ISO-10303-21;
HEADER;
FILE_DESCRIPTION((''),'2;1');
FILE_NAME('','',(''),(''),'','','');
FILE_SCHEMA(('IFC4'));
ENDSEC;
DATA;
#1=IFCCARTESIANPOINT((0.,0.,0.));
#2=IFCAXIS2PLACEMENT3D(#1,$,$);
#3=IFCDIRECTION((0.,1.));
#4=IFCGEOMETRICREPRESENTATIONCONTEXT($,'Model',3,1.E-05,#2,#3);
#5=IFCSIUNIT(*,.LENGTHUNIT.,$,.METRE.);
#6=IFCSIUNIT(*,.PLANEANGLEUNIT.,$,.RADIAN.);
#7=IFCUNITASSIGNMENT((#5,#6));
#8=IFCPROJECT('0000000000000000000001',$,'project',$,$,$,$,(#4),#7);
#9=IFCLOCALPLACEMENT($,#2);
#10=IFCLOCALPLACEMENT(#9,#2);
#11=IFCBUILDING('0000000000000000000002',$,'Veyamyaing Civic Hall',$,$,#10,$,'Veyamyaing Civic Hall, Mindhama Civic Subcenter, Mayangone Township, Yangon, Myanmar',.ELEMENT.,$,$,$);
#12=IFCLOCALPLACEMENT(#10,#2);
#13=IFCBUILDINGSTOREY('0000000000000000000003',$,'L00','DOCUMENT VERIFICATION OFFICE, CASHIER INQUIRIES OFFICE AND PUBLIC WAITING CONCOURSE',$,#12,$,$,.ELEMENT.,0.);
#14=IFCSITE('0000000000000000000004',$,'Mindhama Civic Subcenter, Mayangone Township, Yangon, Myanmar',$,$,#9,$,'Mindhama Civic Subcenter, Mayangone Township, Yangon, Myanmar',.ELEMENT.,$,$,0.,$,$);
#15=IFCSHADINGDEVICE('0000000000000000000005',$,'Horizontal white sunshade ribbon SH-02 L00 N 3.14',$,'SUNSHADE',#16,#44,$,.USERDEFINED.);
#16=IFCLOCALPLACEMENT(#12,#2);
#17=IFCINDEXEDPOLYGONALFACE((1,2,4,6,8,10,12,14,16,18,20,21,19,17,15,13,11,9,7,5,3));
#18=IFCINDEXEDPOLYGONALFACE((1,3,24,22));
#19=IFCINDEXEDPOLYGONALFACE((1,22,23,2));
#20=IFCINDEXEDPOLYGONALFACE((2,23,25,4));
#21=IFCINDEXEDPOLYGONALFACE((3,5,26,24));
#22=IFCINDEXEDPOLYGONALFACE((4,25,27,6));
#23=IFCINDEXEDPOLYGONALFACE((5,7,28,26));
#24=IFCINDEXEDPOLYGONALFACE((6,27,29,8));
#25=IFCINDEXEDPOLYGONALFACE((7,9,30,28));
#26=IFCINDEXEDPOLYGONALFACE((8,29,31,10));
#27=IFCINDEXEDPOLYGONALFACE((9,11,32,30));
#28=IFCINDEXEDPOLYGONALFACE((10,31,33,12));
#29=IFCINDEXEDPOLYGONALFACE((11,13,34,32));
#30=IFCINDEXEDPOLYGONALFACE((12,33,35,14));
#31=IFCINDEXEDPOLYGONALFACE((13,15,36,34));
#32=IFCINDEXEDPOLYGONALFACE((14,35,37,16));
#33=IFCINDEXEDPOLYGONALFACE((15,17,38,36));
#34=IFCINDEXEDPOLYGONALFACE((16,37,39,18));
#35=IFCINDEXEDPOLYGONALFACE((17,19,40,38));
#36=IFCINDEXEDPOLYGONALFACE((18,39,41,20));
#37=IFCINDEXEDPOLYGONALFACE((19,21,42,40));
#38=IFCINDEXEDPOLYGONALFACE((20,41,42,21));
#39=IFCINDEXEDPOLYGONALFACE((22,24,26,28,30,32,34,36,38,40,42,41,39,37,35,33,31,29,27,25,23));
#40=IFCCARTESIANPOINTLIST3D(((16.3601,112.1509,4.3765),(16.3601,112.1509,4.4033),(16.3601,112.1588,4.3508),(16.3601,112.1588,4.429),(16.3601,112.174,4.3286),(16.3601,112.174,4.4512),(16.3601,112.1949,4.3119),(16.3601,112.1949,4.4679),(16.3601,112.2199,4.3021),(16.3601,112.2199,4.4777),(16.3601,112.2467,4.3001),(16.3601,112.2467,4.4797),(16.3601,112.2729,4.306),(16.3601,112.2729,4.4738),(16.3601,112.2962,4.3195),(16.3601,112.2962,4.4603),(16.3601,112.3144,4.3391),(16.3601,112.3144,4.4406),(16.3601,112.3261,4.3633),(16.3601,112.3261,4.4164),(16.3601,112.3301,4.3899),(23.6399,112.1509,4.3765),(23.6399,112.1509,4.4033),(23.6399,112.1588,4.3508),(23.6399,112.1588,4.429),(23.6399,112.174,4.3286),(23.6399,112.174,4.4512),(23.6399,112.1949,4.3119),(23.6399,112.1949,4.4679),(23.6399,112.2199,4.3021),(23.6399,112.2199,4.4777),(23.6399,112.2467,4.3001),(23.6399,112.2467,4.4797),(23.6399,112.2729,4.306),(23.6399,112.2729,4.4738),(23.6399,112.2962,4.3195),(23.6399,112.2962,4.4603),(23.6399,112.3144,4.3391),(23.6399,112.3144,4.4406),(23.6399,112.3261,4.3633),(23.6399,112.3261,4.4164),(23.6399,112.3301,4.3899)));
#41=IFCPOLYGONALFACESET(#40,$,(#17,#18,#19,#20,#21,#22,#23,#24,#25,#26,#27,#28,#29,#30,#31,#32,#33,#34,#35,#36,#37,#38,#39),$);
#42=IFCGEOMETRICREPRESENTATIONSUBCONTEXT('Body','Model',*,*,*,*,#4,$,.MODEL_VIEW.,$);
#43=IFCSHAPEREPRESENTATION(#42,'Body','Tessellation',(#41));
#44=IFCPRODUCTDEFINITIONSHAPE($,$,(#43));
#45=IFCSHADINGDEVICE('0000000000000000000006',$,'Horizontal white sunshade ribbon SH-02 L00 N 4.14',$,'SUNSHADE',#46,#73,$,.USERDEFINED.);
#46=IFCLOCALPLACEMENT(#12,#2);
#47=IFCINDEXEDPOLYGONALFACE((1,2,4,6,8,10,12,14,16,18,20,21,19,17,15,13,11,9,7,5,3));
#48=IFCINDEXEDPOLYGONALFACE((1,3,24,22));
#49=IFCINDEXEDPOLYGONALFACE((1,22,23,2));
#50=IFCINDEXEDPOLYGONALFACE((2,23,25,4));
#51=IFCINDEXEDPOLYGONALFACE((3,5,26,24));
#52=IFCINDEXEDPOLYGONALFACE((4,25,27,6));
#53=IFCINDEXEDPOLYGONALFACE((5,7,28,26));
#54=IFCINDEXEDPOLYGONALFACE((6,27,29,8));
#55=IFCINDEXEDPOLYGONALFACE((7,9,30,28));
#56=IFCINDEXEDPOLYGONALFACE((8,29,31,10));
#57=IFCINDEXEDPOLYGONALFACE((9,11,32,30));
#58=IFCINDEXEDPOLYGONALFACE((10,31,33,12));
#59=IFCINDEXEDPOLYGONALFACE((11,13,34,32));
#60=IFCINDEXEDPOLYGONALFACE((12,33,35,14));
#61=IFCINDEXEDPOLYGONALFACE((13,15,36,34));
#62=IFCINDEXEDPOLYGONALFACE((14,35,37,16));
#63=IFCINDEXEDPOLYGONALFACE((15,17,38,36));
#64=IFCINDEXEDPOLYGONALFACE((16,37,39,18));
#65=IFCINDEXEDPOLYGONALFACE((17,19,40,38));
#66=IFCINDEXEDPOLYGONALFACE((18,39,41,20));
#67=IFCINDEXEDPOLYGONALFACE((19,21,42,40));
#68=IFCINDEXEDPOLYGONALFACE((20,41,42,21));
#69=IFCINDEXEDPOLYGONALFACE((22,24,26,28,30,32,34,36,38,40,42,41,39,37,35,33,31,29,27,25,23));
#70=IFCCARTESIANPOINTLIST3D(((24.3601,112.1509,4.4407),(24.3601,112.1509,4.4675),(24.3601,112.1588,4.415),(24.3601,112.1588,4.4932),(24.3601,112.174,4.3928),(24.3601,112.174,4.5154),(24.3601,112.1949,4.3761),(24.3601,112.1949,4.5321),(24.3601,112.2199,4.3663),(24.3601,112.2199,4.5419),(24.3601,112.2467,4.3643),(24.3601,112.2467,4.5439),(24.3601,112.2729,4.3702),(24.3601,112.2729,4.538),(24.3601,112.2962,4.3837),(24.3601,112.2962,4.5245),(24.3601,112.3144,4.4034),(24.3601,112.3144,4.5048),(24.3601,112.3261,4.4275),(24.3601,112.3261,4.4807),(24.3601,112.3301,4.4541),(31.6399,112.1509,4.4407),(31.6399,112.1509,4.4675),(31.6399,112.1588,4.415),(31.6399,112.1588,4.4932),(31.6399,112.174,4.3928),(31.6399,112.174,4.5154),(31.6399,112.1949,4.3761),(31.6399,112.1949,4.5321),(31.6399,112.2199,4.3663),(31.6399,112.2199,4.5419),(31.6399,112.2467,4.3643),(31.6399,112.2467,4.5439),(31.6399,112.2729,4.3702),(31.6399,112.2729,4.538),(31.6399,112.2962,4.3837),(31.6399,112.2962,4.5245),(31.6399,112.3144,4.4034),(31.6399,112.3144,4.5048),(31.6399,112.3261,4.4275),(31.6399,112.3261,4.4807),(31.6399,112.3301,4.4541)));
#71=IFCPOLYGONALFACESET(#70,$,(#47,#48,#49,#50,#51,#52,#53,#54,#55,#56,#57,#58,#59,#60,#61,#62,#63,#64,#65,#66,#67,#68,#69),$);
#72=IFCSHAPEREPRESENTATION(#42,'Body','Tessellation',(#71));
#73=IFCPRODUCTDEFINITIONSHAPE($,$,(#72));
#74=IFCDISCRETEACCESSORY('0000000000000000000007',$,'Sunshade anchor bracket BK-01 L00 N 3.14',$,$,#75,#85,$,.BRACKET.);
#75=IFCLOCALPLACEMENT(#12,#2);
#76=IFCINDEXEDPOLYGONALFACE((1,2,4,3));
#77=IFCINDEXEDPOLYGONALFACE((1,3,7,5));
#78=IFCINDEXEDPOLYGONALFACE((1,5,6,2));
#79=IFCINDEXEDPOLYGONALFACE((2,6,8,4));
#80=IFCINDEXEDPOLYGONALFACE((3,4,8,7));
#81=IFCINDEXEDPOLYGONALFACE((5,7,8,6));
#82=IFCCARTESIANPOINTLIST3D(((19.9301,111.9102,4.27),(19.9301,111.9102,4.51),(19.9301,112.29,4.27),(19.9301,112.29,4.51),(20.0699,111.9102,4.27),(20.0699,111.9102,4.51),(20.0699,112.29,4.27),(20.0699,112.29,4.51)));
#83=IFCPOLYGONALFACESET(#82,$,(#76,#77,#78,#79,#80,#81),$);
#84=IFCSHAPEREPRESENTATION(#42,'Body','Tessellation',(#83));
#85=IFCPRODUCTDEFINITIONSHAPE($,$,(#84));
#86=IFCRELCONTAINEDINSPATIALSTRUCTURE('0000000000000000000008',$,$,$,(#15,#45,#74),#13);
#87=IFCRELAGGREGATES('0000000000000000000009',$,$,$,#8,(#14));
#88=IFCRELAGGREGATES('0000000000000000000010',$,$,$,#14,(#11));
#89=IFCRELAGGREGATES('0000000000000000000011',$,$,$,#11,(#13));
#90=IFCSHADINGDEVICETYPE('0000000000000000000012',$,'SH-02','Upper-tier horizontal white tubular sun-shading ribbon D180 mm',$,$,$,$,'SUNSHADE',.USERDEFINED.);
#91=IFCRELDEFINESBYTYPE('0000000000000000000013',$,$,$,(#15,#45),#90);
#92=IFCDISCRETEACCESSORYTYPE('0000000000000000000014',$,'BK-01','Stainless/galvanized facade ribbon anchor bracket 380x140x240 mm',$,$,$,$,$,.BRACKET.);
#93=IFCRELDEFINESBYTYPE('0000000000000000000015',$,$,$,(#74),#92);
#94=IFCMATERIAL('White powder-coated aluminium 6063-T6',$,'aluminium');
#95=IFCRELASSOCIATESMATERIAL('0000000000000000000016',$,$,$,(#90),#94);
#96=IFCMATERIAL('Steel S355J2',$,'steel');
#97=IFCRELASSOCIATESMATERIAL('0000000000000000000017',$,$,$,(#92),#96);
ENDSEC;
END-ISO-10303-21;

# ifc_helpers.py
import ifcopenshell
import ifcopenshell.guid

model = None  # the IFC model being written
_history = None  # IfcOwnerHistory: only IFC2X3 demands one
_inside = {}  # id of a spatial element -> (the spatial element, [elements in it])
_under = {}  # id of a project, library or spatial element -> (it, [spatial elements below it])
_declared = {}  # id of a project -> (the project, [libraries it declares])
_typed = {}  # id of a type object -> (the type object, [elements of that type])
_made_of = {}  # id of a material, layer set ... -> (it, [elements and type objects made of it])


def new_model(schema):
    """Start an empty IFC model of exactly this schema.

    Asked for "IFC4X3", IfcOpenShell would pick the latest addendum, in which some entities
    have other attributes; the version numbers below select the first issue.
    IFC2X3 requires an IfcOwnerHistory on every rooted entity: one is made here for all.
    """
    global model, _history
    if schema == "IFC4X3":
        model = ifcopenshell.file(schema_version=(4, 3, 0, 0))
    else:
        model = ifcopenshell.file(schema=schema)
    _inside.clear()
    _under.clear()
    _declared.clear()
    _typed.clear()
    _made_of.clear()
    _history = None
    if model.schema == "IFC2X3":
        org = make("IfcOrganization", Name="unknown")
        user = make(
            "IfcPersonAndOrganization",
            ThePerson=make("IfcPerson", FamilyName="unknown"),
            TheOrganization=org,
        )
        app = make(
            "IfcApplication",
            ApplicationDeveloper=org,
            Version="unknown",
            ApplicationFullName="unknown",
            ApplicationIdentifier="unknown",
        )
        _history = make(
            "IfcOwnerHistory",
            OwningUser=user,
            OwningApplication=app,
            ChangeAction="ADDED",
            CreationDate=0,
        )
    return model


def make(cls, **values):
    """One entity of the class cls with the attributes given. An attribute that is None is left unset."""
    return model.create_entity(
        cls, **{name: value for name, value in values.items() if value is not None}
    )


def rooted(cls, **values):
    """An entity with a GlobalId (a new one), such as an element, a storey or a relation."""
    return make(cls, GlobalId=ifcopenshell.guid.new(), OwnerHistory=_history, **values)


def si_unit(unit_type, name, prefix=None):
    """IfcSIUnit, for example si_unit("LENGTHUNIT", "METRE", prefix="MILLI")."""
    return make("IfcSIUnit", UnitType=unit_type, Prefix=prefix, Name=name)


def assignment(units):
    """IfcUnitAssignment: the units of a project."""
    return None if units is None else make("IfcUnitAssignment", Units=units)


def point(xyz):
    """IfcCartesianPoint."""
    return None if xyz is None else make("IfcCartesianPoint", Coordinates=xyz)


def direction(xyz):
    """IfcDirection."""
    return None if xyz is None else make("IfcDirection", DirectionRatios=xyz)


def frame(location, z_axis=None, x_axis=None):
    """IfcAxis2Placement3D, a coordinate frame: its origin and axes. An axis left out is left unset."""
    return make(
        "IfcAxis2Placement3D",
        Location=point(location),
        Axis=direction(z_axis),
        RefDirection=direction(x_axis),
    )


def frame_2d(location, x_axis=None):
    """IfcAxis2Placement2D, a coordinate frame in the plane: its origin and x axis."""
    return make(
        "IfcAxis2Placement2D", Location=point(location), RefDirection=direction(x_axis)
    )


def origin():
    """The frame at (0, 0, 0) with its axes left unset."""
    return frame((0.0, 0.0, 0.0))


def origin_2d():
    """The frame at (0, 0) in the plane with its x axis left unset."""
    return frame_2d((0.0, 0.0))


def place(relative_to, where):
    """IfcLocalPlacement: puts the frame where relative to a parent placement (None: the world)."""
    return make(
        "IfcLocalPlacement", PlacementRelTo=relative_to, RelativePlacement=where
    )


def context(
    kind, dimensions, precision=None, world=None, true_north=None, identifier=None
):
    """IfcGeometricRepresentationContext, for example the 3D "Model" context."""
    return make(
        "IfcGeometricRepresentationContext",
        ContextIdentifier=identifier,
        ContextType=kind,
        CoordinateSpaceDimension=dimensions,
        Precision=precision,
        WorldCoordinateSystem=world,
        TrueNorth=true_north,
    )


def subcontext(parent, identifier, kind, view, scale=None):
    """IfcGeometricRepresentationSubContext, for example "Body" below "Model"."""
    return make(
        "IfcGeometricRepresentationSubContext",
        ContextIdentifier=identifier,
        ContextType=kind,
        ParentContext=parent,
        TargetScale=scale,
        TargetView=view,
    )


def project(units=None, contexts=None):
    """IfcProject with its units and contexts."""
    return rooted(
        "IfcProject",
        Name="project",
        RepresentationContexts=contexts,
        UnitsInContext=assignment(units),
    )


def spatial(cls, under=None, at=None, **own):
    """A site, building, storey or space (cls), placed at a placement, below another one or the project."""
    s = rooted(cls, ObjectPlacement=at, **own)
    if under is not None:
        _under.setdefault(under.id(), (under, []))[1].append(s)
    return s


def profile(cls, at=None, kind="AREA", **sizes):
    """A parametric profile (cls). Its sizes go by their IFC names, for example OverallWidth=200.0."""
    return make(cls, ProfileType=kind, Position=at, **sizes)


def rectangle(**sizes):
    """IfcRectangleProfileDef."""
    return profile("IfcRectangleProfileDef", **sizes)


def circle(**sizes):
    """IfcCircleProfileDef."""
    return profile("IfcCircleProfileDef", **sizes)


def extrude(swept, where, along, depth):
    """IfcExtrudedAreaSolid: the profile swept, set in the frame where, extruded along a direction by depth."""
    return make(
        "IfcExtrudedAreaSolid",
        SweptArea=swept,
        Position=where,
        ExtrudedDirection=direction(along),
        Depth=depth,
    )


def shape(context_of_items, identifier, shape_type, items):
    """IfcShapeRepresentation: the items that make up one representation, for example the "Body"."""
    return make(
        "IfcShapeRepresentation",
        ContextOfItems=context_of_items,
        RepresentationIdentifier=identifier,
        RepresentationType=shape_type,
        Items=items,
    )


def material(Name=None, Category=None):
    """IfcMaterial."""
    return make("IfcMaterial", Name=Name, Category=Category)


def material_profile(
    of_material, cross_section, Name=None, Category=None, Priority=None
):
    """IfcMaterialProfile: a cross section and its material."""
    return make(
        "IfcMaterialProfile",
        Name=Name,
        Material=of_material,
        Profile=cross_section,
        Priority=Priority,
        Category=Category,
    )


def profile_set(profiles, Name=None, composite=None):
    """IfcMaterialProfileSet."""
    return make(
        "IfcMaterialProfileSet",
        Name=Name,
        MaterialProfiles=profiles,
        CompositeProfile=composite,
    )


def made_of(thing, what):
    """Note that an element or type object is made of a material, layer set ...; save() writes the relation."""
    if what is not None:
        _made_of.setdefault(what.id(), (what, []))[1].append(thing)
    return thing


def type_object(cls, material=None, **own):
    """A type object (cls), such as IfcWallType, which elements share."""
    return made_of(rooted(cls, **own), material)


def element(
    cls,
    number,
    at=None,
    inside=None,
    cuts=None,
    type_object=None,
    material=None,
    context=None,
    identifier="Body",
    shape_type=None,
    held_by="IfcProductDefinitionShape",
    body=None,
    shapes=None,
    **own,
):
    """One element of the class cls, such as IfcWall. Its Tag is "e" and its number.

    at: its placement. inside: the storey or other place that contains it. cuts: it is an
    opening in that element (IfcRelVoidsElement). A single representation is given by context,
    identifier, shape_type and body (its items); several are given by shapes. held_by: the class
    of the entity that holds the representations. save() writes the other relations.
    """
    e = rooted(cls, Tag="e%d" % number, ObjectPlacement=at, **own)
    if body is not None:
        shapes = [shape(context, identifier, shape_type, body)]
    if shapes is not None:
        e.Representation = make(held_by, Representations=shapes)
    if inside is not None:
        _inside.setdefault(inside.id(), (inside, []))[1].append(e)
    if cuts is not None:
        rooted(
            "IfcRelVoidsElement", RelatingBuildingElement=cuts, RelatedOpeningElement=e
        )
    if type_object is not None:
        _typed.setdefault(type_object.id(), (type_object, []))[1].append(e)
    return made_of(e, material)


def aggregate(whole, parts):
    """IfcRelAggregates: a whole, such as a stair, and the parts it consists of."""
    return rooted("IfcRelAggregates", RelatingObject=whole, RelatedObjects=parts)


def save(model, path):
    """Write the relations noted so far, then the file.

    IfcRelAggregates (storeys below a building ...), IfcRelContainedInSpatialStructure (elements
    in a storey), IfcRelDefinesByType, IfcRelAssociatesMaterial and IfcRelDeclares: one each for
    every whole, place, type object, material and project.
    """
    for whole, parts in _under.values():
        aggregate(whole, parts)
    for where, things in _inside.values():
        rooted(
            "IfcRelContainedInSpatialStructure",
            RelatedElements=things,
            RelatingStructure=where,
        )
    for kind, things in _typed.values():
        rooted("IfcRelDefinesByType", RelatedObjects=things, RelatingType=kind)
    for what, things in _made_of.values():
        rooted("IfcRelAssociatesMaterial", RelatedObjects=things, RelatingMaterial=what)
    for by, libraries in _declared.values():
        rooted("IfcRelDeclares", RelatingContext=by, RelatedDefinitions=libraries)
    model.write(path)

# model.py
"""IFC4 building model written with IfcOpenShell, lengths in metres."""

from ifc_helpers import new_model, si_unit, direction, frame, origin, origin_2d, place, context, subcontext, project, spatial, rectangle, circle, extrude, material, material_profile, profile_set, type_object, element, save


model = new_model("IFC4")

# Units and contexts
model_context = context("Model", 3, precision=1e-05, world=origin(), true_north=direction((0.0, 1.0)))
body_context = subcontext(model_context, "Body", "Model", "MODEL_VIEW")
ifc_project = project(units=[si_unit("LENGTHUNIT", "METRE"), si_unit("PLANEANGLEUNIT", "RADIAN")], contexts=[model_context])

# Site, building, storey
site_placement = place(None, origin())
site = spatial("IfcSite", under=ifc_project, at=site_placement, Name="Mindhama Civic Subcenter, Mayangone Township, Yangon, Myanmar", LongName="Mindhama Civic Subcenter, Mayangone Township, Yangon, Myanmar", CompositionType="ELEMENT", RefElevation=0.0)
building_placement = place(site_placement, origin())
building = spatial("IfcBuilding", under=site, at=building_placement, Name="Veyamyaing Civic Hall", LongName="Veyamyaing Civic Hall, Mindhama Civic Subcenter, Mayangone Township, Yangon, Myanmar", CompositionType="ELEMENT")
storey_placement = place(building_placement, origin())
storey = spatial("IfcBuildingStorey", under=building, at=storey_placement, Name="L00", Description="DOCUMENT VERIFICATION OFFICE, CASHIER INQUIRIES OFFICE AND PUBLIC WAITING CONCOURSE", CompositionType="ELEMENT", Elevation=0.0)

# Shared definitions
ifc_material_1 = material(Name="White powder-coated aluminium 6063-T6", Category="aluminium")

# Shading devices
ifc_material_profile_1 = material_profile(ifc_material_1, circle(Radius=0.0901, at=origin_2d()), Name="SHADE-TUBE-180")
ifc_profile_set_1 = profile_set([ifc_material_profile_1], Name="White powder-coated aluminium 6063-T6")
shading_device_type = type_object("IfcShadingDeviceType", Name="SH-02", Description="Upper-tier horizontal white tubular sun-shading ribbon D180 mm", ElementType="SUNSHADE", PredefinedType="USERDEFINED", material=ifc_profile_set_1)
for number, where, z_axis, x_axis, name in (
    (1, (16.3601, 112.24, 4.3899), (1.0, 0.0, 0.0), (0.0, 1.0, 0.0), "Horizontal white sunshade ribbon SH-02 L00 N 3.14"),
    (2, (24.3601, 112.24, 4.4541), (1.0, 0.0, 0.0), (0.0, 1.0, 0.0), "Horizontal white sunshade ribbon SH-02 L00 N 4.14"),
):
    element("IfcShadingDevice", number, at=place(storey_placement, frame(where, z_axis=z_axis, x_axis=x_axis)), inside=storey, type_object=shading_device_type, Name=name, ObjectType="SUNSHADE", PredefinedType="USERDEFINED", context=body_context, shape_type="SweptSolid", body=[
        extrude(circle(Radius=0.0901, at=origin_2d()), origin(), (0.0, 0.0, 1.0), 7.2798),
    ])

# Discrete accessory
ifc_material_2 = material(Name="Steel S355J2", Category="steel")
discrete_accessory_type = type_object("IfcDiscreteAccessoryType", Name="BK-01", Description="Stainless/galvanized facade ribbon anchor bracket 380x140x240 mm", PredefinedType="BRACKET", material=ifc_material_2)
discrete_accessory_placement = place(storey_placement, frame((20.0, 112.1001, 4.27), z_axis=(0.0, 0.0, 1.0), x_axis=(0.0, 1.0, 0.0)))
element("IfcDiscreteAccessory", 3, at=discrete_accessory_placement, inside=storey, type_object=discrete_accessory_type, Name="Sunshade anchor bracket BK-01 L00 N 3.14", PredefinedType="BRACKET", context=body_context, shape_type="SweptSolid", body=[
    extrude(rectangle(XDim=0.3799, YDim=0.1399, at=origin_2d()), origin(), (0.0, 0.0, 1.0), 0.24),
])

save(model, "model.ifc")
